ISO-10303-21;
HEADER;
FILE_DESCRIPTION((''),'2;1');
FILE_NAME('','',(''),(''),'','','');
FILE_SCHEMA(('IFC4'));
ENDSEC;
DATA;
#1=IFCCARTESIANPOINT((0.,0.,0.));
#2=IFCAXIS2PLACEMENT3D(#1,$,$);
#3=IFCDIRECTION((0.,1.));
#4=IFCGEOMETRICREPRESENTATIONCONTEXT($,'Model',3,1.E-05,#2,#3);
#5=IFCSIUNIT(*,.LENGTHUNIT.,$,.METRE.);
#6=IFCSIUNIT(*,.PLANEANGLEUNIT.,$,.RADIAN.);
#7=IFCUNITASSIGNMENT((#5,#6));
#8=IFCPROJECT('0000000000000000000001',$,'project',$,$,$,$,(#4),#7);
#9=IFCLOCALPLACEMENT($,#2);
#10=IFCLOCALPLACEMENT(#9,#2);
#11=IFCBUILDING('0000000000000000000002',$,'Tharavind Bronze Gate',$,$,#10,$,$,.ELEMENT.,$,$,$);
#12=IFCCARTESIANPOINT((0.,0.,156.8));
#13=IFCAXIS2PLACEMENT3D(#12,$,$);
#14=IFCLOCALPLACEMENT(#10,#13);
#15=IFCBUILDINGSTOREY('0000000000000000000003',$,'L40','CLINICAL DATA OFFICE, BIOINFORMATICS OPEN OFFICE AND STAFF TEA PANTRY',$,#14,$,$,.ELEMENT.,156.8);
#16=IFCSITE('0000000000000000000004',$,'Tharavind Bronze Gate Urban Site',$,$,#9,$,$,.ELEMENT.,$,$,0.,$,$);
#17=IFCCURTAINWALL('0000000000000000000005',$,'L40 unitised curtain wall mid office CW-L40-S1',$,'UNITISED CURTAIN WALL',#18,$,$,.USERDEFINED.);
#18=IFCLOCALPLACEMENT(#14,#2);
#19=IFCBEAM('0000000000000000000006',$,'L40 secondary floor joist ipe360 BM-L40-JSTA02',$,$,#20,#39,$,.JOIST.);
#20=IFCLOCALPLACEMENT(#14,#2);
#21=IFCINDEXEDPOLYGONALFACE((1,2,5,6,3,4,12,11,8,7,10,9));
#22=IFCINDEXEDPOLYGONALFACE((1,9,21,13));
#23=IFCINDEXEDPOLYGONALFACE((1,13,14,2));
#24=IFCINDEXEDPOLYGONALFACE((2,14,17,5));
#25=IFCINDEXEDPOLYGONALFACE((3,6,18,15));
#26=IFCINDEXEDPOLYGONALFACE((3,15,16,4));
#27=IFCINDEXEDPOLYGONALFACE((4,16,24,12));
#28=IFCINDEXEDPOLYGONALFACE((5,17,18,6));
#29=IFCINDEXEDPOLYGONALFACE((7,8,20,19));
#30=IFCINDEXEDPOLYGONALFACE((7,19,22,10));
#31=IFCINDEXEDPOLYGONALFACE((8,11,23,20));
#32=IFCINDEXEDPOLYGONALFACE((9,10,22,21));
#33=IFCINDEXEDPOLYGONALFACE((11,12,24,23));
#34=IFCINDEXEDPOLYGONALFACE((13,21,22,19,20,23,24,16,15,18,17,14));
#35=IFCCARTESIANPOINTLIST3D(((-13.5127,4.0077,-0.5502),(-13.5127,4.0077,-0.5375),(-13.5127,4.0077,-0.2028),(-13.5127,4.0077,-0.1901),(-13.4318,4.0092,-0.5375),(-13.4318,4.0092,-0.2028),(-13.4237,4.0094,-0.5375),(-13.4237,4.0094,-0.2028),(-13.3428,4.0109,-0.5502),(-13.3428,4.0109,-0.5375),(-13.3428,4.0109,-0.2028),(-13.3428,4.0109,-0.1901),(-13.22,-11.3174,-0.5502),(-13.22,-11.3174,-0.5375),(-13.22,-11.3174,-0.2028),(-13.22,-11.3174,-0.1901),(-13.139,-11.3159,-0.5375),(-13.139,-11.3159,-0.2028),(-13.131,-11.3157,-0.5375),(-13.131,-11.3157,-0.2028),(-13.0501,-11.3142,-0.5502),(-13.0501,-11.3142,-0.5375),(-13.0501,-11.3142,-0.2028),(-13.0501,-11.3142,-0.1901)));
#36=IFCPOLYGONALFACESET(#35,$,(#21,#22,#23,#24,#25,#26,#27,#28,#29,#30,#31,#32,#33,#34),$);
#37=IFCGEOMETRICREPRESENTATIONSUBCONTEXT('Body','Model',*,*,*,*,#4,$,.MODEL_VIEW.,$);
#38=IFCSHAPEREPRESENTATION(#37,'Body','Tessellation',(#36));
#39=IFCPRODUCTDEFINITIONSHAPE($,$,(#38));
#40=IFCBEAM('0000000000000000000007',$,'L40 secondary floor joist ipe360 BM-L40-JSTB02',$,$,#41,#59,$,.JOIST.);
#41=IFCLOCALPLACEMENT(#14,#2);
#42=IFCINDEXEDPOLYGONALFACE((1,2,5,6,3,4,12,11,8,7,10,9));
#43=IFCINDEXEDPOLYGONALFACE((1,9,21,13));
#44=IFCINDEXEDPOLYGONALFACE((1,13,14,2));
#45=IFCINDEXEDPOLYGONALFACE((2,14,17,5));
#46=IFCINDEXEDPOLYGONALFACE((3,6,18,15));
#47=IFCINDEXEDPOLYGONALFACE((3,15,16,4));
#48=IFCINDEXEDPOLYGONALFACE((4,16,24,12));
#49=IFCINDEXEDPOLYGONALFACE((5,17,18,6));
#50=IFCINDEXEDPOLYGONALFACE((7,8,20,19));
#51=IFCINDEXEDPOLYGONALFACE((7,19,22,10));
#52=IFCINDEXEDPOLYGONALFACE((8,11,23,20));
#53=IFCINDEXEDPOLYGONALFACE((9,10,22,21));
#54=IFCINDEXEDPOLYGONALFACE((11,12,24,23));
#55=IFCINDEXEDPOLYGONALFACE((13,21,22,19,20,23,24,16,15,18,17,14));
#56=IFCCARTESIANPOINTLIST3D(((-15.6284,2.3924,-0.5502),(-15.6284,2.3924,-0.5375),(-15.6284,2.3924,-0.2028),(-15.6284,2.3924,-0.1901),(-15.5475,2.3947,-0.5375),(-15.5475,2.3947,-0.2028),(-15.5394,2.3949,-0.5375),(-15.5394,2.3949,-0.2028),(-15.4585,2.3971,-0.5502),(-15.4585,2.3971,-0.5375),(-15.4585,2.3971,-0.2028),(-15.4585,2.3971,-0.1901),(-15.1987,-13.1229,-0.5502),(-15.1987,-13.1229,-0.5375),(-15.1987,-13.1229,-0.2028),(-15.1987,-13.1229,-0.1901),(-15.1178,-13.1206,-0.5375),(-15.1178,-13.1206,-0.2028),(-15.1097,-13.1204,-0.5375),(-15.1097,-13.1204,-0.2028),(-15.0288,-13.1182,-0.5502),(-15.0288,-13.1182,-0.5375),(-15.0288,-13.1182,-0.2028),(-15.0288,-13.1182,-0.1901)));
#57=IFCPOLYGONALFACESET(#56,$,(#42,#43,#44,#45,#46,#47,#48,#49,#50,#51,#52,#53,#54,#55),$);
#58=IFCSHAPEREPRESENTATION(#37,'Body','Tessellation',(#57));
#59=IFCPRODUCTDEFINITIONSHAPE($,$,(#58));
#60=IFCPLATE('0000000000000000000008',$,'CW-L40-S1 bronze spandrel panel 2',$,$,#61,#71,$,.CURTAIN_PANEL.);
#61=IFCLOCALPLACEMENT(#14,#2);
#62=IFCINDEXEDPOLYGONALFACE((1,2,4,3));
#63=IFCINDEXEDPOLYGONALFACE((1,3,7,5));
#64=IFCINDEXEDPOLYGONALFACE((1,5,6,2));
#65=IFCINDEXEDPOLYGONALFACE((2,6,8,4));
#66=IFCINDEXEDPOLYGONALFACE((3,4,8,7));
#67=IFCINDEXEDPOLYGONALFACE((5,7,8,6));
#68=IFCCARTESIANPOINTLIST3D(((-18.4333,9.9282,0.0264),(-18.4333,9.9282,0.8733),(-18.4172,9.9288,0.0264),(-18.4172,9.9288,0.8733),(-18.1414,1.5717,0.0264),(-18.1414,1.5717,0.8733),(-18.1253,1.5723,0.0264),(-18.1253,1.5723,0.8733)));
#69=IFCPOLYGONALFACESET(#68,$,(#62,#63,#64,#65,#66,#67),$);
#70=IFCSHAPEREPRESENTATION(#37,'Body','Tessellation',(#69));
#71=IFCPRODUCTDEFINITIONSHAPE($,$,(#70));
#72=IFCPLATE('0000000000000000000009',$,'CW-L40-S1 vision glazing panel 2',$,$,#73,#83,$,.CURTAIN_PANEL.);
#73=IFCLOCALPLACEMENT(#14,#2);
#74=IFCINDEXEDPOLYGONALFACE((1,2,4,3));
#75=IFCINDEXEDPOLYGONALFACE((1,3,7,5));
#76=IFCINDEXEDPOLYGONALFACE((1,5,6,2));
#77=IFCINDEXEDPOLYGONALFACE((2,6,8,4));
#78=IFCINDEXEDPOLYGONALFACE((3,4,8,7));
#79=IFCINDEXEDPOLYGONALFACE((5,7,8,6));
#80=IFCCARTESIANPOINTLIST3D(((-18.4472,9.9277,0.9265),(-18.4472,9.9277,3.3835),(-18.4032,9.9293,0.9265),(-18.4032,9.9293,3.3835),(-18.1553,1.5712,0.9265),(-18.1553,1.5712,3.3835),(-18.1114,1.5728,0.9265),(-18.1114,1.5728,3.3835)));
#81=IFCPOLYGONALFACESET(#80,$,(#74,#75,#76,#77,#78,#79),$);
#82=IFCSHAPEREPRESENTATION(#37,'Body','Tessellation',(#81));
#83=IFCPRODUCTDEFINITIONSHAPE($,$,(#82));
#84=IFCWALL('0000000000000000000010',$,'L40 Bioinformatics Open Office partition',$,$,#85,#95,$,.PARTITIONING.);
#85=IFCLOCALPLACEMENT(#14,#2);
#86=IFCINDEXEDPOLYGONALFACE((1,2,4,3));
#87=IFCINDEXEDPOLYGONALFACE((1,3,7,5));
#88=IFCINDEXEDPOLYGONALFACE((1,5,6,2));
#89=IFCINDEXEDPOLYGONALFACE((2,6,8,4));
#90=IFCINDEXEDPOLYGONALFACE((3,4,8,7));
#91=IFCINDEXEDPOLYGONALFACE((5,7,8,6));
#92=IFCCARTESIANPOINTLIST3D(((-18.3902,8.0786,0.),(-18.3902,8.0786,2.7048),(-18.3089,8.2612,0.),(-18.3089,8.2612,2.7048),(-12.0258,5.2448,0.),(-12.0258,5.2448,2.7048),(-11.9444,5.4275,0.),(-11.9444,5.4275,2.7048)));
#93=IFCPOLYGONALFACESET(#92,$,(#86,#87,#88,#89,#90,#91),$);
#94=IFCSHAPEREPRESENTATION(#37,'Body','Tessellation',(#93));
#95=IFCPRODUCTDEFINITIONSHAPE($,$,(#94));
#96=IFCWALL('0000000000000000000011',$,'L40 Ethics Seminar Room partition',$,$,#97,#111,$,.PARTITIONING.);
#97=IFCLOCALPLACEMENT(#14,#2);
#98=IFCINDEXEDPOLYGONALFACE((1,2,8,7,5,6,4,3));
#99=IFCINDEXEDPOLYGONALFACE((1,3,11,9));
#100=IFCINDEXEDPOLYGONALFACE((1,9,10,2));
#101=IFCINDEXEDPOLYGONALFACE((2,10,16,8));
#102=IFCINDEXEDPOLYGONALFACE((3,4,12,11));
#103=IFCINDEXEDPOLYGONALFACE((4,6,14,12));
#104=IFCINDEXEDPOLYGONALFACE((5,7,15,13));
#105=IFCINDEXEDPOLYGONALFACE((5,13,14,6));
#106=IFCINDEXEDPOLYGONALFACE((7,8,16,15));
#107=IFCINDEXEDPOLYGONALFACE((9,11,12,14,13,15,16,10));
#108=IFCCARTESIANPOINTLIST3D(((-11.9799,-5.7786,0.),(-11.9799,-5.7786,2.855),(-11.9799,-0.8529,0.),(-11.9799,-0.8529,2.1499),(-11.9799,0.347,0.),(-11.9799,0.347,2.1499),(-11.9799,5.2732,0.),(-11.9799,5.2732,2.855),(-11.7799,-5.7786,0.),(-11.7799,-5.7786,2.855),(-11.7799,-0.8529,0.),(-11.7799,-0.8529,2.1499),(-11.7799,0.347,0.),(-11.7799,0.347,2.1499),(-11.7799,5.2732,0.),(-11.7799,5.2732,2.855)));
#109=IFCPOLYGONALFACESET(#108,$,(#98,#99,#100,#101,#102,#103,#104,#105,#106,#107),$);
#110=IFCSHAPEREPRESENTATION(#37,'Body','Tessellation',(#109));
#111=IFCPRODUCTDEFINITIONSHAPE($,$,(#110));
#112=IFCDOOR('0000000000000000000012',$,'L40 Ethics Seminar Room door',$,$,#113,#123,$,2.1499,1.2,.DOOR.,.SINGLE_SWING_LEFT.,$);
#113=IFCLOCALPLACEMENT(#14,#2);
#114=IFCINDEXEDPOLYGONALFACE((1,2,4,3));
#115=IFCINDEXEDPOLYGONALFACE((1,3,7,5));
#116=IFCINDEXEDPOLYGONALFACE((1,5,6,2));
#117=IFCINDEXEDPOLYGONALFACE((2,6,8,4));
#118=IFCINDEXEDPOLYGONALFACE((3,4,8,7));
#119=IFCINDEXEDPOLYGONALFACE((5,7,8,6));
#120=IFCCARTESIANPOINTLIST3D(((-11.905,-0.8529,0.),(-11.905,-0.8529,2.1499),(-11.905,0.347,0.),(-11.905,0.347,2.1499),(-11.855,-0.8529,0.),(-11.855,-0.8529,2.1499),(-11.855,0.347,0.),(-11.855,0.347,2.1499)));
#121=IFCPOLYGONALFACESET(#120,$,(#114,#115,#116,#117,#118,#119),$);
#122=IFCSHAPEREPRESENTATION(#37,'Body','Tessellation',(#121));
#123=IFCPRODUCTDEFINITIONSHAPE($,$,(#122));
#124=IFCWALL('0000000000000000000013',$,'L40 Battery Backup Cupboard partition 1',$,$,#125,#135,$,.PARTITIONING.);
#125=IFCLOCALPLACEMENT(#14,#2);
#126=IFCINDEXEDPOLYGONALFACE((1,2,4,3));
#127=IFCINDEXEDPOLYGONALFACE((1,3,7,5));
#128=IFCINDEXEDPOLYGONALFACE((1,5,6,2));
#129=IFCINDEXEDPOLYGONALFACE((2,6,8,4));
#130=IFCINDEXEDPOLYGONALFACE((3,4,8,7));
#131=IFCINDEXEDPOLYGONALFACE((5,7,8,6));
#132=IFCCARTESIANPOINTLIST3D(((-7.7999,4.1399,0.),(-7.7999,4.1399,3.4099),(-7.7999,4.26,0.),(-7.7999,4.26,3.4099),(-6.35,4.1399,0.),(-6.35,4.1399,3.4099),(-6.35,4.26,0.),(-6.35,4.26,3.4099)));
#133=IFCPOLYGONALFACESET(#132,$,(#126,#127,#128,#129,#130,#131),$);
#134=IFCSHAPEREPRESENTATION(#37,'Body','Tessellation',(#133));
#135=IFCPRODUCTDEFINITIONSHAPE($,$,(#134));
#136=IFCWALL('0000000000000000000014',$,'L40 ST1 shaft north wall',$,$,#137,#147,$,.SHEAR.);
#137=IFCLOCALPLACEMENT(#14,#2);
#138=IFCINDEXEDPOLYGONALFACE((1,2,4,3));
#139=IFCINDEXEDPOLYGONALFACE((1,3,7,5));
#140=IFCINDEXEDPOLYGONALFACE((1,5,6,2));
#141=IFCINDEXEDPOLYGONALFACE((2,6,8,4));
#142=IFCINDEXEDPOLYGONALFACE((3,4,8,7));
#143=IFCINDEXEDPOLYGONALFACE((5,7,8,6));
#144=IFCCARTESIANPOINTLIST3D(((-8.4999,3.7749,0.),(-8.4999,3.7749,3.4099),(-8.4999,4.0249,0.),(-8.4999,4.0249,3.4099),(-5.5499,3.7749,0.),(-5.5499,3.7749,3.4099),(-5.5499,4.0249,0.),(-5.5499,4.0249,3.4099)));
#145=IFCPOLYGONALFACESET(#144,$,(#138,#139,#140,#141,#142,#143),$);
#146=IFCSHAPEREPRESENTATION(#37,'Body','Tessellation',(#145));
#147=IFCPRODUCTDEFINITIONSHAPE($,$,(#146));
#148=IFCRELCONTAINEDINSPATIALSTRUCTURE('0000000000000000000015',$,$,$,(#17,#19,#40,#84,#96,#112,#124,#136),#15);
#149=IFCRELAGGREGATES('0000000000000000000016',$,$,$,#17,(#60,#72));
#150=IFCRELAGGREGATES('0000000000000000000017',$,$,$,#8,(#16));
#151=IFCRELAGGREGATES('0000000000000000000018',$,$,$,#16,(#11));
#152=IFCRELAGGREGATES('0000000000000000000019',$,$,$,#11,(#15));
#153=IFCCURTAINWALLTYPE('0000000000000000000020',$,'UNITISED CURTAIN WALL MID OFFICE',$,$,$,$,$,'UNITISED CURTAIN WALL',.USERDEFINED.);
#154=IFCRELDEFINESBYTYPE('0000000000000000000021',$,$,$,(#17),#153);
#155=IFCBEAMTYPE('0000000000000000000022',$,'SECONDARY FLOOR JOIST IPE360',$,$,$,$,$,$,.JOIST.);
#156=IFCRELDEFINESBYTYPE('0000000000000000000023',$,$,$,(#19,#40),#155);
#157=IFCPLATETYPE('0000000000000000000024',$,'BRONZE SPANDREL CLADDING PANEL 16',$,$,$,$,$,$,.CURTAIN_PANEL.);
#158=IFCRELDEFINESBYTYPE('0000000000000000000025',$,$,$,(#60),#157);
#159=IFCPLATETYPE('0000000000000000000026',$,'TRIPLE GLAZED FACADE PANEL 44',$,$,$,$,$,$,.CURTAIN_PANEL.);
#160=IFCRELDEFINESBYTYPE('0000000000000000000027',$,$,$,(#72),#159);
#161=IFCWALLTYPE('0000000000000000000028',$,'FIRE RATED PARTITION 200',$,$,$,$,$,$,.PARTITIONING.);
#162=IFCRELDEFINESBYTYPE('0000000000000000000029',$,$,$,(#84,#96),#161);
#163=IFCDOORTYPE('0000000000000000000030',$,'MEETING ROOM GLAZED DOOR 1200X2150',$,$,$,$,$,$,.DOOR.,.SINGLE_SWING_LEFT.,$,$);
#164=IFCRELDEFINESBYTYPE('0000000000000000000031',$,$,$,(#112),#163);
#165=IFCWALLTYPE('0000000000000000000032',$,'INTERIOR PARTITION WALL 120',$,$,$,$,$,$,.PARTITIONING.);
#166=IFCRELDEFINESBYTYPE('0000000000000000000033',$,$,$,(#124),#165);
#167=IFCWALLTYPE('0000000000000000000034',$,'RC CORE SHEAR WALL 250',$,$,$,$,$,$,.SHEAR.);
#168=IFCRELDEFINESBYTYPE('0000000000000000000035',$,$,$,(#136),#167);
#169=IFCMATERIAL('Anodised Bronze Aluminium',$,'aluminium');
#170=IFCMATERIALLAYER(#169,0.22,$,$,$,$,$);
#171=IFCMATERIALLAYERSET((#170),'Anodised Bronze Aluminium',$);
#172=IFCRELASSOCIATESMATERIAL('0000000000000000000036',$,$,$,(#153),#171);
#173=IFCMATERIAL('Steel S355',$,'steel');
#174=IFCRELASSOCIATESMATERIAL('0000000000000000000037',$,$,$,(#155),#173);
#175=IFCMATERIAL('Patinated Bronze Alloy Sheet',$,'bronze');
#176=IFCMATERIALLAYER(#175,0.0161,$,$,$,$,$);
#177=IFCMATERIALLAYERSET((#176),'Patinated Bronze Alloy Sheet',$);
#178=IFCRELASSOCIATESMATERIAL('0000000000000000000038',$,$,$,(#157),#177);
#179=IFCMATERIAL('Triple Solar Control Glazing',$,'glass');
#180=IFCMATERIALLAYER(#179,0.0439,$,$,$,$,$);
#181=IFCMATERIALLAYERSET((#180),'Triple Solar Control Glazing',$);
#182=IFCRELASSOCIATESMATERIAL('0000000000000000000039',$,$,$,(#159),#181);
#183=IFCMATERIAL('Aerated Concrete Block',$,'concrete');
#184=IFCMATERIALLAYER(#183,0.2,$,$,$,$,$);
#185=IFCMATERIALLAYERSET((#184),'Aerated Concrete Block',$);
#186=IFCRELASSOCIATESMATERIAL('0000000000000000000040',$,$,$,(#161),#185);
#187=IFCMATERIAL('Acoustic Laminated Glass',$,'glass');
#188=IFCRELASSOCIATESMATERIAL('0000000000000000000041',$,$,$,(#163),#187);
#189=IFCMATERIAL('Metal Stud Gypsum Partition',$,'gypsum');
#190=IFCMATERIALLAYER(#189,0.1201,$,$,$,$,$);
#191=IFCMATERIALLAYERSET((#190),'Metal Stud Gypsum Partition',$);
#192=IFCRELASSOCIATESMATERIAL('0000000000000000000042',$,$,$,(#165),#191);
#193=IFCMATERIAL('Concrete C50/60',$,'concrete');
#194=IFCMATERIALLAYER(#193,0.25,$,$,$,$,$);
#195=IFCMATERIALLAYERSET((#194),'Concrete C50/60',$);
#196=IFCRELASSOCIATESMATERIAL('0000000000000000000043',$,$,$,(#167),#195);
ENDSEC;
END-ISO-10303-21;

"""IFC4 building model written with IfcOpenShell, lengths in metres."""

from ifc_helpers import new_model, si_unit, direction, frame, frame_2d, origin, origin_2d, place, context, subcontext, project, spatial, rectangle, i_section, extrude, material, layer, layer_set, material_profile, profile_set, type_object, element, fill, aggregate, save


model = new_model("IFC4")

# Units and contexts
model_context = context("Model", 3, precision=1e-05, world=origin(), true_north=direction((0.0, 1.0)))
body_context = subcontext(model_context, "Body", "Model", "MODEL_VIEW")
ifc_project = project(units=[si_unit("LENGTHUNIT", "METRE"), si_unit("PLANEANGLEUNIT", "RADIAN")], contexts=[model_context])

# Site, building, storey
site_placement = place(None, origin())
site = spatial("IfcSite", under=ifc_project, at=site_placement, Name="Tharavind Bronze Gate Urban Site", CompositionType="ELEMENT", RefElevation=0.0)
building_placement = place(site_placement, origin())
building = spatial("IfcBuilding", under=site, at=building_placement, Name="Tharavind Bronze Gate", CompositionType="ELEMENT")
storey_placement = place(building_placement, frame((0.0, 0.0, 156.8)))
storey = spatial("IfcBuildingStorey", under=building, at=storey_placement, Name="L40", Description="CLINICAL DATA OFFICE, BIOINFORMATICS OPEN OFFICE AND STAFF TEA PANTRY", CompositionType="ELEMENT", Elevation=156.8)

# Curtain wall
ifc_material_1 = material(Name="Anodised Bronze Aluminium", Category="aluminium")
ifc_layer_1 = layer(ifc_material_1, 0.22)
ifc_layer_set_1 = layer_set([ifc_layer_1], Name="Anodised Bronze Aluminium")
curtain_wall_type = type_object("IfcCurtainWallType", Name="UNITISED CURTAIN WALL MID OFFICE", ElementType="UNITISED CURTAIN WALL", PredefinedType="USERDEFINED", material=ifc_layer_set_1)
curtain_wall_placement = place(storey_placement, origin())
curtain_wall = element("IfcCurtainWall", 1, at=curtain_wall_placement, inside=storey, type_object=curtain_wall_type, Name="L40 unitised curtain wall mid office CW-L40-S1", ObjectType="UNITISED CURTAIN WALL", PredefinedType="USERDEFINED")

# Beams
ifc_material_2 = material(Name="Steel S355", Category="steel")
ifc_material_profile_1 = material_profile(ifc_material_2, i_section(OverallWidth=0.1699, OverallDepth=0.3601, WebThickness=0.0081, FlangeThickness=0.0127, at=origin_2d()), Name="IPE360")
ifc_profile_set_1 = profile_set([ifc_material_profile_1], Name="Steel S355")
beam_type_1 = type_object("IfcBeamType", Name="SECONDARY FLOOR JOIST IPE360", PredefinedType="JOIST", material=ifc_profile_set_1)
beam_1_placement = place(storey_placement, frame((-13.4277, 4.0093, -0.3701), z_axis=(0.019097, -0.999818, 0.0), x_axis=(0.999818, 0.019097, 0.0)))
element("IfcBeam", 2, at=beam_1_placement, inside=storey, type_object=beam_type_1, Name="L40 secondary floor joist ipe360 BM-L40-JSTA02", PredefinedType="JOIST", context=body_context, shape_type="SweptSolid", body=[
    extrude(i_section(OverallWidth=0.1699, OverallDepth=0.3601, WebThickness=0.0081, FlangeThickness=0.0127, at=origin_2d()), origin(), (0.0, 0.0, 1.0), 15.3279),
])
beam_2_placement = place(storey_placement, frame((-15.5435, 2.3948, -0.3701), z_axis=(0.027684, -0.999617, 0.0), x_axis=(0.999617, 0.027684, 0.0)))
element("IfcBeam", 3, at=beam_2_placement, inside=storey, type_object=beam_type_1, Name="L40 secondary floor joist ipe360 BM-L40-JSTB02", PredefinedType="JOIST", context=body_context, shape_type="SweptSolid", body=[
    extrude(i_section(OverallWidth=0.1699, OverallDepth=0.3601, WebThickness=0.0081, FlangeThickness=0.0127, at=origin_2d()), origin(), (0.0, 0.0, 1.0), 15.5212),
])

# Plates
ifc_material_3 = material(Name="Patinated Bronze Alloy Sheet", Category="bronze")
ifc_layer_2 = layer(ifc_material_3, 0.0161)
ifc_layer_set_2 = layer_set([ifc_layer_2], Name="Patinated Bronze Alloy Sheet")
plate_type_1 = type_object("IfcPlateType", Name="BRONZE SPANDREL CLADDING PANEL 16", PredefinedType="CURTAIN_PANEL", material=ifc_layer_set_2)
plate_1_placement = place(storey_placement, frame((-18.2793, 5.7502, 0.0264), z_axis=(0.0, 0.0, 1.0), x_axis=(0.034899, -0.999391, 0.0)))
plate_1 = element("IfcPlate", 4, at=plate_1_placement, type_object=plate_type_1, Name="CW-L40-S1 bronze spandrel panel 2", PredefinedType="CURTAIN_PANEL", context=body_context, shape_type="SweptSolid", body=[
    extrude(rectangle(XDim=8.3616, YDim=0.0161, at=origin_2d()), origin(), (0.0, 0.0, 1.0), 0.8469),
])
ifc_material_4 = material(Name="Triple Solar Control Glazing", Category="glass")
ifc_layer_3 = layer(ifc_material_4, 0.0439)
ifc_layer_set_3 = layer_set([ifc_layer_3], Name="Triple Solar Control Glazing")
plate_type_2 = type_object("IfcPlateType", Name="TRIPLE GLAZED FACADE PANEL 44", PredefinedType="CURTAIN_PANEL", material=ifc_layer_set_3)
plate_2_placement = place(storey_placement, frame((-18.2793, 5.7502, 0.9265), z_axis=(0.0, 0.0, 1.0), x_axis=(0.034899, -0.999391, 0.0)))
plate_2 = element("IfcPlate", 5, at=plate_2_placement, type_object=plate_type_2, Name="CW-L40-S1 vision glazing panel 2", PredefinedType="CURTAIN_PANEL", context=body_context, shape_type="SweptSolid", body=[
    extrude(rectangle(XDim=8.3616, YDim=0.0439, at=origin_2d()), origin(), (0.0, 0.0, 1.0), 2.457),
])
aggregate(curtain_wall, [plate_1, plate_2])

# Wall
ifc_material_5 = material(Name="Aerated Concrete Block", Category="concrete")
ifc_layer_4 = layer(ifc_material_5, 0.2)
ifc_layer_set_4 = layer_set([ifc_layer_4], Name="Aerated Concrete Block")
wall_type_1 = type_object("IfcWallType", Name="FIRE RATED PARTITION 200", PredefinedType="PARTITIONING", material=ifc_layer_set_4)
wall_1_placement = place(storey_placement, frame((-11.9851, 5.3362, 0.0), z_axis=(0.0, 0.0, 1.0), x_axis=(-0.913541, 0.406746, 0.0)))
element("IfcWall", 6, at=wall_1_placement, inside=storey, type_object=wall_type_1, Name="L40 Bioinformatics Open Office partition", PredefinedType="PARTITIONING", context=body_context, shape_type="SweptSolid", body=[
    extrude(rectangle(XDim=6.9668, YDim=0.2, at=frame_2d((3.4834, 0.0))), origin(), (0.0, 0.0, 1.0), 2.7048),
])

# Wall, opening, door
wall_2_placement = place(storey_placement, frame((-11.8799, 5.2732, 0.0), z_axis=(0.0, 0.0, 1.0), x_axis=(0.0, -1.0, 0.0)))
wall_2 = element("IfcWall", 7, at=wall_2_placement, inside=storey, type_object=wall_type_1, Name="L40 Ethics Seminar Room partition", PredefinedType="PARTITIONING", context=body_context, shape_type="SweptSolid", body=[
    extrude(rectangle(XDim=11.0518, YDim=0.2, at=frame_2d((5.5259, 0.0))), origin(), (0.0, 0.0, 1.0), 2.855),
])
opening_placement = place(wall_2_placement, frame((4.926, 0.0, 0.0)))
opening = element("IfcOpeningElement", 8, at=opening_placement, cuts=wall_2, PredefinedType="OPENING", context=body_context, shape_type="SweptSolid", body=[
    extrude(rectangle(XDim=1.2, YDim=2.1499, at=frame_2d((0.6001, 1.075))), frame((0.0, 0.1101, 0.0), z_axis=(0.0, -1.0, 0.0), x_axis=(1.0, 0.0, 0.0)), (0.0, 0.0, 1.0), 0.22),
])
ifc_material_6 = material(Name="Acoustic Laminated Glass", Category="glass")
door_type = type_object("IfcDoorType", Name="MEETING ROOM GLAZED DOOR 1200X2150", OperationType="SINGLE_SWING_LEFT", PredefinedType="DOOR", material=ifc_material_6)
door_placement = place(opening_placement, origin())
door = element("IfcDoor", 9, at=door_placement, inside=storey, type_object=door_type, Name="L40 Ethics Seminar Room door", OperationType="SINGLE_SWING_LEFT", OverallHeight=2.1499, OverallWidth=1.2, PredefinedType="DOOR", context=body_context, shape_type="SweptSolid", body=[
    extrude(rectangle(XDim=1.2, YDim=2.1499, at=frame_2d((0.6001, 1.075))), frame((0.0, 0.0249, 0.0), z_axis=(0.0, -1.0, 0.0), x_axis=(1.0, 0.0, 0.0)), (0.0, 0.0, 1.0), 0.05),
])
fill(opening, door)

# Walls
ifc_material_7 = material(Name="Metal Stud Gypsum Partition", Category="gypsum")
ifc_layer_5 = layer(ifc_material_7, 0.1201)
ifc_layer_set_5 = layer_set([ifc_layer_5], Name="Metal Stud Gypsum Partition")
wall_type_2 = type_object("IfcWallType", Name="INTERIOR PARTITION WALL 120", PredefinedType="PARTITIONING", material=ifc_layer_set_5)
wall_3_placement = place(storey_placement, frame((-7.8, 4.2, 0.0), z_axis=(0.0, 0.0, 1.0), x_axis=(1.0, 0.0, 0.0)))
element("IfcWall", 10, at=wall_3_placement, inside=storey, type_object=wall_type_2, Name="L40 Battery Backup Cupboard partition 1", PredefinedType="PARTITIONING", context=body_context, shape_type="SweptSolid", body=[
    extrude(rectangle(XDim=1.45, YDim=0.1201, at=frame_2d((0.7251, 0.0))), origin(), (0.0, 0.0, 1.0), 3.4099),
])
ifc_material_8 = material(Name="Concrete C50/60", Category="concrete")
ifc_layer_6 = layer(ifc_material_8, 0.25)
ifc_layer_set_6 = layer_set([ifc_layer_6], Name="Concrete C50/60")
wall_type_3 = type_object("IfcWallType", Name="RC CORE SHEAR WALL 250", PredefinedType="SHEAR", material=ifc_layer_set_6)
wall_4_placement = place(storey_placement, frame((-8.5, 3.8999, 0.0), z_axis=(0.0, 0.0, 1.0), x_axis=(1.0, 0.0, 0.0)))
element("IfcWall", 11, at=wall_4_placement, inside=storey, type_object=wall_type_3, Name="L40 ST1 shaft north wall", PredefinedType="SHEAR", context=body_context, shape_type="SweptSolid", body=[
    extrude(rectangle(XDim=2.95, YDim=0.25, at=frame_2d((1.4751, 0.0))), origin(), (0.0, 0.0, 1.0), 3.4099),
])

save(model, "model.ifc")
